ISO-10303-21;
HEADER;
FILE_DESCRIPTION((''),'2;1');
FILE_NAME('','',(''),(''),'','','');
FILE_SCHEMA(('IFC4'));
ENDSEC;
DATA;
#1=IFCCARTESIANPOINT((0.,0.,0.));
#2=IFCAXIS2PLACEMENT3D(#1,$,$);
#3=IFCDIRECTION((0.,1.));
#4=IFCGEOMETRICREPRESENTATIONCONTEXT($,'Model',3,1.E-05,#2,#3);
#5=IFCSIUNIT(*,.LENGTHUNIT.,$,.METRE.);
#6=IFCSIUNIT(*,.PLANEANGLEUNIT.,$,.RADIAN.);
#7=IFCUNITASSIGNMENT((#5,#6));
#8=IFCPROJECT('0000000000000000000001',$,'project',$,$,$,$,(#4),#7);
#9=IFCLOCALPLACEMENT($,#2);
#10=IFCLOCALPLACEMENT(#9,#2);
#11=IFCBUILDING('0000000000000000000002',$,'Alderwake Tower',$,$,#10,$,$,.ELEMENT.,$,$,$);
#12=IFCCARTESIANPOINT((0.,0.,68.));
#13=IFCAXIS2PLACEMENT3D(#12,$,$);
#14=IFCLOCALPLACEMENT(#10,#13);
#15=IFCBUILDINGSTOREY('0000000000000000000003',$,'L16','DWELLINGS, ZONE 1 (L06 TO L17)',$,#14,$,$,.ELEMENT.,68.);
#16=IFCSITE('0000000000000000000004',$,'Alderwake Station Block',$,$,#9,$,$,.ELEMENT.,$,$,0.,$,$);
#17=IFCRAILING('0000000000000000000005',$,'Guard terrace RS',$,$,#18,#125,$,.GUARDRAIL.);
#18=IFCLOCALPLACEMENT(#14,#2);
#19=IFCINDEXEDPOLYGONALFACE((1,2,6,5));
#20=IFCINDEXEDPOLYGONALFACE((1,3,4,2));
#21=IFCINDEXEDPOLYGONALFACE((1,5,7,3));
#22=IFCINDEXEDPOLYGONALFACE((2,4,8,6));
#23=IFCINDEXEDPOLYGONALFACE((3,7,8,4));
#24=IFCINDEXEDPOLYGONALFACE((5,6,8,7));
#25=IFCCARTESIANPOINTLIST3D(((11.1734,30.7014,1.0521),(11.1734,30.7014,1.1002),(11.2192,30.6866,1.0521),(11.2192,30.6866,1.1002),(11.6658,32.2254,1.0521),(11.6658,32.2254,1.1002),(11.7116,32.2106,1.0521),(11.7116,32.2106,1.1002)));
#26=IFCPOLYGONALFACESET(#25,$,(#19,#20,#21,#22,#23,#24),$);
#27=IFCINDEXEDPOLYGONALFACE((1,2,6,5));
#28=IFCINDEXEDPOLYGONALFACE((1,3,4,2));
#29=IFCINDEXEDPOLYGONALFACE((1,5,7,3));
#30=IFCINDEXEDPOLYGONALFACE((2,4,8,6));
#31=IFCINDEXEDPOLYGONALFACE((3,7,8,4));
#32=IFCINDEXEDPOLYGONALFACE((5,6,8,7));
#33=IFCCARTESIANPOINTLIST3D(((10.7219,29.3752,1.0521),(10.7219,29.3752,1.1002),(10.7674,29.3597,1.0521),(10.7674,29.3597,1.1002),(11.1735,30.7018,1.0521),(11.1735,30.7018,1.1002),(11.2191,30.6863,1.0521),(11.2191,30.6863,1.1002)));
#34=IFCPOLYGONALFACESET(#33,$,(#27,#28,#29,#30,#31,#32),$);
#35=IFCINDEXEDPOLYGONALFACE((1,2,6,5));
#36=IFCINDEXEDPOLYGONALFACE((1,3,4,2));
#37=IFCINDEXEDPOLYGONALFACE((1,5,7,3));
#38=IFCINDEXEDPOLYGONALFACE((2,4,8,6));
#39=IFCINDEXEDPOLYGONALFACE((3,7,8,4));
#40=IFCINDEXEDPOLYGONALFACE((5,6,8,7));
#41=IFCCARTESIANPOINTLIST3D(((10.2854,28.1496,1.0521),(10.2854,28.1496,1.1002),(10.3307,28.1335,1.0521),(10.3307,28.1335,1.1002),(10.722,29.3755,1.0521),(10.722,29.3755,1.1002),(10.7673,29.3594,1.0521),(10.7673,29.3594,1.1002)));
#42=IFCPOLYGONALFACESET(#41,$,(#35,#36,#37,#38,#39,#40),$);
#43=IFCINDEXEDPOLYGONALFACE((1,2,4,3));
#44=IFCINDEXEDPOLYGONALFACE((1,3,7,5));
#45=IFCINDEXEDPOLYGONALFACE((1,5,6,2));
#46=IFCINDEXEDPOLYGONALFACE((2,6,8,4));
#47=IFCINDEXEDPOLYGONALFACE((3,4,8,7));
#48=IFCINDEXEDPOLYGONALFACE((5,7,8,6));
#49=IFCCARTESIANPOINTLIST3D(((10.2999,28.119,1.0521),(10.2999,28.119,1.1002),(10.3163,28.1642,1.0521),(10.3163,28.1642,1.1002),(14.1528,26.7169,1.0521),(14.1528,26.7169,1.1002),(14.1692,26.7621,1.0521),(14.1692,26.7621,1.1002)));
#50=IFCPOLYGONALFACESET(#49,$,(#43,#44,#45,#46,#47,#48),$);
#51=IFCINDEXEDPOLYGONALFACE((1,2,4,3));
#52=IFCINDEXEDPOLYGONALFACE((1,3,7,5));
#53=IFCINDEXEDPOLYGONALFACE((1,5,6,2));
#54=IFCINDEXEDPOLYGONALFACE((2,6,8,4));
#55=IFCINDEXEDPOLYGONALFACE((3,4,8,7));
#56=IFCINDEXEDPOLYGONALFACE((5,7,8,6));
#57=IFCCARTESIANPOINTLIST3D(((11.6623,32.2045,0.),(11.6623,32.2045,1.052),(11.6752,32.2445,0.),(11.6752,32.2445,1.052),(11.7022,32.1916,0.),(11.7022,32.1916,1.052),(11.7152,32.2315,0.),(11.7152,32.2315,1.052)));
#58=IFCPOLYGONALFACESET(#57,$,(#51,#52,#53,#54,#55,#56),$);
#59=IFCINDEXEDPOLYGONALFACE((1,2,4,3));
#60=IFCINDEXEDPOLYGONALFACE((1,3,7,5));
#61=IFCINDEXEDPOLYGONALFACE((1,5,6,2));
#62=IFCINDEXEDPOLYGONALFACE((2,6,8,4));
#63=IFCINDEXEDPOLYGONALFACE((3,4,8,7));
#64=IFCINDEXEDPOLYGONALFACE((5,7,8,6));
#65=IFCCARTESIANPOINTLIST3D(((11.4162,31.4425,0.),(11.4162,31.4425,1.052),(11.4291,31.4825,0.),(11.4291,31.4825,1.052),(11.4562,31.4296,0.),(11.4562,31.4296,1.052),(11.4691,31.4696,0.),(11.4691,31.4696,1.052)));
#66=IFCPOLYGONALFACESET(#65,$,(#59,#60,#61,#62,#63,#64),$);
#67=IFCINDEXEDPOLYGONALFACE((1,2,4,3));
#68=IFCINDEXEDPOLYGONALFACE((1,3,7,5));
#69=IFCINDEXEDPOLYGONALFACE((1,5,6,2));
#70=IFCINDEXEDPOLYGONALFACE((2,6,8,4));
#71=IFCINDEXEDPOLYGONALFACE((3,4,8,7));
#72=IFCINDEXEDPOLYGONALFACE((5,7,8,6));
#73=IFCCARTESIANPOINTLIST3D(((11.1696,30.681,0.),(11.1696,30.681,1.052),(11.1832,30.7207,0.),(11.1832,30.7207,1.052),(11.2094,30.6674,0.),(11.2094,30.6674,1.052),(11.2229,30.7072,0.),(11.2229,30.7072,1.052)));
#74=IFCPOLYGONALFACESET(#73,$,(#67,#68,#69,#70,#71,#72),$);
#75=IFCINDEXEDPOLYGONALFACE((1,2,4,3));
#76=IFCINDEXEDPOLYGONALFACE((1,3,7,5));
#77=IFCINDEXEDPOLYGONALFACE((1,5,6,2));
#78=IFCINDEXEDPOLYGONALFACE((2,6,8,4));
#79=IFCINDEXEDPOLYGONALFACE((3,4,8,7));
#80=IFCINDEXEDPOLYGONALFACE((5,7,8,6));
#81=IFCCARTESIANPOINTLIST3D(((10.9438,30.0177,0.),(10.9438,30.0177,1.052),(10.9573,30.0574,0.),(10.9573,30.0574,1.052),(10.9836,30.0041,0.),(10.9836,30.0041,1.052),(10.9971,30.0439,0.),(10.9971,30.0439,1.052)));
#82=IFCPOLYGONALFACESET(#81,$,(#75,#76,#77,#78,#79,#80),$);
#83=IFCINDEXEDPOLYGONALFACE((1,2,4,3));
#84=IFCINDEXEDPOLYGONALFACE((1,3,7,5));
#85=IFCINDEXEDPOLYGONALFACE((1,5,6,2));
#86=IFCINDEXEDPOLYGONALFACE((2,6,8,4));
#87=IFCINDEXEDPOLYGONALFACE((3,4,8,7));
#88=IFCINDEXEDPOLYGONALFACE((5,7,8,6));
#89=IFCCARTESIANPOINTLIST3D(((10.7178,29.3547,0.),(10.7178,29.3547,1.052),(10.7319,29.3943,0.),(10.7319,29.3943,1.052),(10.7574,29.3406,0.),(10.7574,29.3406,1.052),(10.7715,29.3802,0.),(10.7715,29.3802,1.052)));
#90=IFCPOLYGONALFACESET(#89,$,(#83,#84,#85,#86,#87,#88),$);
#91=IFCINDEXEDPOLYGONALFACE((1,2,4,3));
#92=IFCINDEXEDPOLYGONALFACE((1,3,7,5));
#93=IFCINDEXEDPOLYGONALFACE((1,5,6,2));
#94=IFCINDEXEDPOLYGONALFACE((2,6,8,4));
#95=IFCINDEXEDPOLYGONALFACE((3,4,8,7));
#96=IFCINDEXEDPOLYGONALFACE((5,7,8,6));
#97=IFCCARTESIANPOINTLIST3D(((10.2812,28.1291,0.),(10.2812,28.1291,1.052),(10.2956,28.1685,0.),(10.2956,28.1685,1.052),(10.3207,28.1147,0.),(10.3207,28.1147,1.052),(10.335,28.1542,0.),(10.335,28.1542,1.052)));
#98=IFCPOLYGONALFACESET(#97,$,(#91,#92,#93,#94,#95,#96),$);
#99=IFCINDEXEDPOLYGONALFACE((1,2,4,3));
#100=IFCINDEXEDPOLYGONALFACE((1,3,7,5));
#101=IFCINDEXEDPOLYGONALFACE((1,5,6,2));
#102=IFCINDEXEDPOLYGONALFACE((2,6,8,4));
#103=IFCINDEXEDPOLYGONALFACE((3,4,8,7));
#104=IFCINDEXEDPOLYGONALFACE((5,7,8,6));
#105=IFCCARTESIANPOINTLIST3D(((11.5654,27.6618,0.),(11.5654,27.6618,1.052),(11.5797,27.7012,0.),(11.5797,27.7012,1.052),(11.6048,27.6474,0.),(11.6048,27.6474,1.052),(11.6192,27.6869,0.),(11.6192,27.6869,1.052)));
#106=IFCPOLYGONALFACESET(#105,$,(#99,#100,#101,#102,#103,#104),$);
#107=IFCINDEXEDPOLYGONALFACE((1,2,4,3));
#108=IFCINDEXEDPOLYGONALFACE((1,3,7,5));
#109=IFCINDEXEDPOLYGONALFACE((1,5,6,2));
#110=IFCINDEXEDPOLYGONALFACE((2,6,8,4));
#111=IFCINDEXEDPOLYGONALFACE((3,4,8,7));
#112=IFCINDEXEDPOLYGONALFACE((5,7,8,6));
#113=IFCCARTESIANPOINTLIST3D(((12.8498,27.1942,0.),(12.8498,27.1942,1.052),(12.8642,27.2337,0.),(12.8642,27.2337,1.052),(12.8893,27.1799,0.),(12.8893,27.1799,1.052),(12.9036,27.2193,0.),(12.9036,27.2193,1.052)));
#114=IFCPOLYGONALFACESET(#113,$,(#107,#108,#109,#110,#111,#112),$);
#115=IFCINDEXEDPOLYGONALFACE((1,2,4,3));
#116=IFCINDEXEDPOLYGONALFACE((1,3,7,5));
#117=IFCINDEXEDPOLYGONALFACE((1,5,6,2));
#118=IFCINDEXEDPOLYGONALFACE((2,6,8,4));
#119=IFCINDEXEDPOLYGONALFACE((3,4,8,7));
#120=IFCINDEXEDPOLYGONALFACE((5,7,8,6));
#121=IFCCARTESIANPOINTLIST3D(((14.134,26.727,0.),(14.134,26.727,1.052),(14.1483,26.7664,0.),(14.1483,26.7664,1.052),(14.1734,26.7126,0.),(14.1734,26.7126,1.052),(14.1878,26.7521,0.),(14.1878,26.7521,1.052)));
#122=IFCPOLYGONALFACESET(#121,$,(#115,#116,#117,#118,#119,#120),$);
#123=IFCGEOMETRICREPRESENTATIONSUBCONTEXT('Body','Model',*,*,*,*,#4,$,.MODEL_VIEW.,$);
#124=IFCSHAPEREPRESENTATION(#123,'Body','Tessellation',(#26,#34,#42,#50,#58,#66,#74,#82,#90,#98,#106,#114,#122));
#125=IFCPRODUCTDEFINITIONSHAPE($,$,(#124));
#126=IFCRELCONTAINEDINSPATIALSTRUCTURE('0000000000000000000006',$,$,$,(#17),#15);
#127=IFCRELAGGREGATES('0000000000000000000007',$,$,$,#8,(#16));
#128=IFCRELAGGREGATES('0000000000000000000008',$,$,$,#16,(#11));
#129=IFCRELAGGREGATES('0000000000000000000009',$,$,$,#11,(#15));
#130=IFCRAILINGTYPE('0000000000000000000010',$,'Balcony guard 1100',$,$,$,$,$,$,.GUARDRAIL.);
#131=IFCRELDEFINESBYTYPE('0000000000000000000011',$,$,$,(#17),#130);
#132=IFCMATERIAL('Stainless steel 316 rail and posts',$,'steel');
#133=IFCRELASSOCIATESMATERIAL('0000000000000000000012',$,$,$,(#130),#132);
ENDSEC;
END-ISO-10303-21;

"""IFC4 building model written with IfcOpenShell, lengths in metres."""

from ifc_helpers import new_model, si_unit, direction, frame, origin, origin_2d, place, context, subcontext, project, spatial, rectangle, extrude, material, type_object, element, save


model = new_model("IFC4")

# Units and contexts
model_context = context("Model", 3, precision=1e-05, world=origin(), true_north=direction((0.0, 1.0)))
body_context = subcontext(model_context, "Body", "Model", "MODEL_VIEW")
ifc_project = project(units=[si_unit("LENGTHUNIT", "METRE"), si_unit("PLANEANGLEUNIT", "RADIAN")], contexts=[model_context])

# Site, building, storey
site_placement = place(None, origin())
site = spatial("IfcSite", under=ifc_project, at=site_placement, Name="Alderwake Station Block", CompositionType="ELEMENT", RefElevation=0.0)
building_placement = place(site_placement, origin())
building = spatial("IfcBuilding", under=site, at=building_placement, Name="Alderwake Tower", CompositionType="ELEMENT")
storey_placement = place(building_placement, frame((0.0, 0.0, 68.0)))
storey = spatial("IfcBuildingStorey", under=building, at=storey_placement, Name="L16", Description="DWELLINGS, ZONE 1 (L06 TO L17)", CompositionType="ELEMENT", Elevation=68.0)

# Railing
ifc_material_1 = material(Name="Stainless steel 316 rail and posts", Category="steel")
railing_type = type_object("IfcRailingType", Name="Balcony guard 1100", PredefinedType="GUARDRAIL", material=ifc_material_1)
railing_placement = place(storey_placement, frame((11.6887, 32.218, 0.0)))
element("IfcRailing", 1, at=railing_placement, inside=storey, type_object=railing_type, Name="Guard terrace RS", PredefinedType="GUARDRAIL", context=body_context, shape_type="SweptSolid", body=[
    extrude(rectangle(XDim=0.0481, YDim=0.0481, at=origin_2d()), frame((0.0, 0.0, 1.0762), z_axis=(-0.307479, -0.951555, 0.0), x_axis=(0.951555, -0.307479, 0.0)), (0.0, 0.0, 1.0), 1.6016),
    extrude(rectangle(XDim=0.0481, YDim=0.0481, at=origin_2d()), frame((-0.4924, -1.5239, 1.0762), z_axis=(-0.322284, -0.946643, 0.0), x_axis=(0.946643, -0.322284, 0.0)), (0.0, 0.0, 1.0), 1.4014),
    extrude(rectangle(XDim=0.0481, YDim=0.0481, at=origin_2d()), frame((-0.9441, -2.8506, 1.0762), z_axis=(-0.335469, -0.942051, 0.0), x_axis=(0.942051, -0.335469, 0.0)), (0.0, 0.0, 1.0), 1.3013),
    extrude(rectangle(XDim=0.0481, YDim=0.0481, at=origin_2d()), frame((-1.3806, -4.0764, 1.0762), z_axis=(0.939708, -0.341977, 0.0), x_axis=(0.341977, 0.939708, 0.0)), (0.0, 0.0, 1.0), 4.1001),
    extrude(rectangle(XDim=0.042, YDim=0.042, at=origin_2d()), frame((0.0, 0.0, 0.0), z_axis=(0.0, 0.0, 1.0), x_axis=(-0.307479, -0.951555, 0.0)), (0.0, 0.0, 1.0), 1.052),
    extrude(rectangle(XDim=0.042, YDim=0.042, at=origin_2d()), frame((-0.2461, -0.762, 0.0), z_axis=(0.0, 0.0, 1.0), x_axis=(-0.307479, -0.951555, 0.0)), (0.0, 0.0, 1.0), 1.052),
    extrude(rectangle(XDim=0.042, YDim=0.042, at=origin_2d()), frame((-0.4924, -1.5239, 0.0), z_axis=(0.0, 0.0, 1.0), x_axis=(-0.322284, -0.946643, 0.0)), (0.0, 0.0, 1.0), 1.052),
    extrude(rectangle(XDim=0.042, YDim=0.042, at=origin_2d()), frame((-0.7183, -2.1873, 0.0), z_axis=(0.0, 0.0, 1.0), x_axis=(-0.322284, -0.946643, 0.0)), (0.0, 0.0, 1.0), 1.052),
    extrude(rectangle(XDim=0.042, YDim=0.042, at=origin_2d()), frame((-0.9441, -2.8506, 0.0), z_axis=(0.0, 0.0, 1.0), x_axis=(-0.335469, -0.942051, 0.0)), (0.0, 0.0, 1.0), 1.052),
    extrude(rectangle(XDim=0.042, YDim=0.042, at=origin_2d()), frame((-1.3806, -4.0764, 0.0), z_axis=(0.0, 0.0, 1.0), x_axis=(0.939708, -0.341977, 0.0)), (0.0, 0.0, 1.0), 1.052),
    extrude(rectangle(XDim=0.042, YDim=0.042, at=origin_2d()), frame((-0.0964, -4.5437, 0.0), z_axis=(0.0, 0.0, 1.0), x_axis=(0.939708, -0.341977, 0.0)), (0.0, 0.0, 1.0), 1.052),
    extrude(rectangle(XDim=0.042, YDim=0.042, at=origin_2d()), frame((1.188, -5.0112, 0.0), z_axis=(0.0, 0.0, 1.0), x_axis=(0.939708, -0.341977, 0.0)), (0.0, 0.0, 1.0), 1.052),
    extrude(rectangle(XDim=0.042, YDim=0.042, at=origin_2d()), frame((2.4722, -5.4785, 0.0), z_axis=(0.0, 0.0, 1.0), x_axis=(0.939708, -0.341977, 0.0)), (0.0, 0.0, 1.0), 1.052),
])

save(model, "model.ifc")
